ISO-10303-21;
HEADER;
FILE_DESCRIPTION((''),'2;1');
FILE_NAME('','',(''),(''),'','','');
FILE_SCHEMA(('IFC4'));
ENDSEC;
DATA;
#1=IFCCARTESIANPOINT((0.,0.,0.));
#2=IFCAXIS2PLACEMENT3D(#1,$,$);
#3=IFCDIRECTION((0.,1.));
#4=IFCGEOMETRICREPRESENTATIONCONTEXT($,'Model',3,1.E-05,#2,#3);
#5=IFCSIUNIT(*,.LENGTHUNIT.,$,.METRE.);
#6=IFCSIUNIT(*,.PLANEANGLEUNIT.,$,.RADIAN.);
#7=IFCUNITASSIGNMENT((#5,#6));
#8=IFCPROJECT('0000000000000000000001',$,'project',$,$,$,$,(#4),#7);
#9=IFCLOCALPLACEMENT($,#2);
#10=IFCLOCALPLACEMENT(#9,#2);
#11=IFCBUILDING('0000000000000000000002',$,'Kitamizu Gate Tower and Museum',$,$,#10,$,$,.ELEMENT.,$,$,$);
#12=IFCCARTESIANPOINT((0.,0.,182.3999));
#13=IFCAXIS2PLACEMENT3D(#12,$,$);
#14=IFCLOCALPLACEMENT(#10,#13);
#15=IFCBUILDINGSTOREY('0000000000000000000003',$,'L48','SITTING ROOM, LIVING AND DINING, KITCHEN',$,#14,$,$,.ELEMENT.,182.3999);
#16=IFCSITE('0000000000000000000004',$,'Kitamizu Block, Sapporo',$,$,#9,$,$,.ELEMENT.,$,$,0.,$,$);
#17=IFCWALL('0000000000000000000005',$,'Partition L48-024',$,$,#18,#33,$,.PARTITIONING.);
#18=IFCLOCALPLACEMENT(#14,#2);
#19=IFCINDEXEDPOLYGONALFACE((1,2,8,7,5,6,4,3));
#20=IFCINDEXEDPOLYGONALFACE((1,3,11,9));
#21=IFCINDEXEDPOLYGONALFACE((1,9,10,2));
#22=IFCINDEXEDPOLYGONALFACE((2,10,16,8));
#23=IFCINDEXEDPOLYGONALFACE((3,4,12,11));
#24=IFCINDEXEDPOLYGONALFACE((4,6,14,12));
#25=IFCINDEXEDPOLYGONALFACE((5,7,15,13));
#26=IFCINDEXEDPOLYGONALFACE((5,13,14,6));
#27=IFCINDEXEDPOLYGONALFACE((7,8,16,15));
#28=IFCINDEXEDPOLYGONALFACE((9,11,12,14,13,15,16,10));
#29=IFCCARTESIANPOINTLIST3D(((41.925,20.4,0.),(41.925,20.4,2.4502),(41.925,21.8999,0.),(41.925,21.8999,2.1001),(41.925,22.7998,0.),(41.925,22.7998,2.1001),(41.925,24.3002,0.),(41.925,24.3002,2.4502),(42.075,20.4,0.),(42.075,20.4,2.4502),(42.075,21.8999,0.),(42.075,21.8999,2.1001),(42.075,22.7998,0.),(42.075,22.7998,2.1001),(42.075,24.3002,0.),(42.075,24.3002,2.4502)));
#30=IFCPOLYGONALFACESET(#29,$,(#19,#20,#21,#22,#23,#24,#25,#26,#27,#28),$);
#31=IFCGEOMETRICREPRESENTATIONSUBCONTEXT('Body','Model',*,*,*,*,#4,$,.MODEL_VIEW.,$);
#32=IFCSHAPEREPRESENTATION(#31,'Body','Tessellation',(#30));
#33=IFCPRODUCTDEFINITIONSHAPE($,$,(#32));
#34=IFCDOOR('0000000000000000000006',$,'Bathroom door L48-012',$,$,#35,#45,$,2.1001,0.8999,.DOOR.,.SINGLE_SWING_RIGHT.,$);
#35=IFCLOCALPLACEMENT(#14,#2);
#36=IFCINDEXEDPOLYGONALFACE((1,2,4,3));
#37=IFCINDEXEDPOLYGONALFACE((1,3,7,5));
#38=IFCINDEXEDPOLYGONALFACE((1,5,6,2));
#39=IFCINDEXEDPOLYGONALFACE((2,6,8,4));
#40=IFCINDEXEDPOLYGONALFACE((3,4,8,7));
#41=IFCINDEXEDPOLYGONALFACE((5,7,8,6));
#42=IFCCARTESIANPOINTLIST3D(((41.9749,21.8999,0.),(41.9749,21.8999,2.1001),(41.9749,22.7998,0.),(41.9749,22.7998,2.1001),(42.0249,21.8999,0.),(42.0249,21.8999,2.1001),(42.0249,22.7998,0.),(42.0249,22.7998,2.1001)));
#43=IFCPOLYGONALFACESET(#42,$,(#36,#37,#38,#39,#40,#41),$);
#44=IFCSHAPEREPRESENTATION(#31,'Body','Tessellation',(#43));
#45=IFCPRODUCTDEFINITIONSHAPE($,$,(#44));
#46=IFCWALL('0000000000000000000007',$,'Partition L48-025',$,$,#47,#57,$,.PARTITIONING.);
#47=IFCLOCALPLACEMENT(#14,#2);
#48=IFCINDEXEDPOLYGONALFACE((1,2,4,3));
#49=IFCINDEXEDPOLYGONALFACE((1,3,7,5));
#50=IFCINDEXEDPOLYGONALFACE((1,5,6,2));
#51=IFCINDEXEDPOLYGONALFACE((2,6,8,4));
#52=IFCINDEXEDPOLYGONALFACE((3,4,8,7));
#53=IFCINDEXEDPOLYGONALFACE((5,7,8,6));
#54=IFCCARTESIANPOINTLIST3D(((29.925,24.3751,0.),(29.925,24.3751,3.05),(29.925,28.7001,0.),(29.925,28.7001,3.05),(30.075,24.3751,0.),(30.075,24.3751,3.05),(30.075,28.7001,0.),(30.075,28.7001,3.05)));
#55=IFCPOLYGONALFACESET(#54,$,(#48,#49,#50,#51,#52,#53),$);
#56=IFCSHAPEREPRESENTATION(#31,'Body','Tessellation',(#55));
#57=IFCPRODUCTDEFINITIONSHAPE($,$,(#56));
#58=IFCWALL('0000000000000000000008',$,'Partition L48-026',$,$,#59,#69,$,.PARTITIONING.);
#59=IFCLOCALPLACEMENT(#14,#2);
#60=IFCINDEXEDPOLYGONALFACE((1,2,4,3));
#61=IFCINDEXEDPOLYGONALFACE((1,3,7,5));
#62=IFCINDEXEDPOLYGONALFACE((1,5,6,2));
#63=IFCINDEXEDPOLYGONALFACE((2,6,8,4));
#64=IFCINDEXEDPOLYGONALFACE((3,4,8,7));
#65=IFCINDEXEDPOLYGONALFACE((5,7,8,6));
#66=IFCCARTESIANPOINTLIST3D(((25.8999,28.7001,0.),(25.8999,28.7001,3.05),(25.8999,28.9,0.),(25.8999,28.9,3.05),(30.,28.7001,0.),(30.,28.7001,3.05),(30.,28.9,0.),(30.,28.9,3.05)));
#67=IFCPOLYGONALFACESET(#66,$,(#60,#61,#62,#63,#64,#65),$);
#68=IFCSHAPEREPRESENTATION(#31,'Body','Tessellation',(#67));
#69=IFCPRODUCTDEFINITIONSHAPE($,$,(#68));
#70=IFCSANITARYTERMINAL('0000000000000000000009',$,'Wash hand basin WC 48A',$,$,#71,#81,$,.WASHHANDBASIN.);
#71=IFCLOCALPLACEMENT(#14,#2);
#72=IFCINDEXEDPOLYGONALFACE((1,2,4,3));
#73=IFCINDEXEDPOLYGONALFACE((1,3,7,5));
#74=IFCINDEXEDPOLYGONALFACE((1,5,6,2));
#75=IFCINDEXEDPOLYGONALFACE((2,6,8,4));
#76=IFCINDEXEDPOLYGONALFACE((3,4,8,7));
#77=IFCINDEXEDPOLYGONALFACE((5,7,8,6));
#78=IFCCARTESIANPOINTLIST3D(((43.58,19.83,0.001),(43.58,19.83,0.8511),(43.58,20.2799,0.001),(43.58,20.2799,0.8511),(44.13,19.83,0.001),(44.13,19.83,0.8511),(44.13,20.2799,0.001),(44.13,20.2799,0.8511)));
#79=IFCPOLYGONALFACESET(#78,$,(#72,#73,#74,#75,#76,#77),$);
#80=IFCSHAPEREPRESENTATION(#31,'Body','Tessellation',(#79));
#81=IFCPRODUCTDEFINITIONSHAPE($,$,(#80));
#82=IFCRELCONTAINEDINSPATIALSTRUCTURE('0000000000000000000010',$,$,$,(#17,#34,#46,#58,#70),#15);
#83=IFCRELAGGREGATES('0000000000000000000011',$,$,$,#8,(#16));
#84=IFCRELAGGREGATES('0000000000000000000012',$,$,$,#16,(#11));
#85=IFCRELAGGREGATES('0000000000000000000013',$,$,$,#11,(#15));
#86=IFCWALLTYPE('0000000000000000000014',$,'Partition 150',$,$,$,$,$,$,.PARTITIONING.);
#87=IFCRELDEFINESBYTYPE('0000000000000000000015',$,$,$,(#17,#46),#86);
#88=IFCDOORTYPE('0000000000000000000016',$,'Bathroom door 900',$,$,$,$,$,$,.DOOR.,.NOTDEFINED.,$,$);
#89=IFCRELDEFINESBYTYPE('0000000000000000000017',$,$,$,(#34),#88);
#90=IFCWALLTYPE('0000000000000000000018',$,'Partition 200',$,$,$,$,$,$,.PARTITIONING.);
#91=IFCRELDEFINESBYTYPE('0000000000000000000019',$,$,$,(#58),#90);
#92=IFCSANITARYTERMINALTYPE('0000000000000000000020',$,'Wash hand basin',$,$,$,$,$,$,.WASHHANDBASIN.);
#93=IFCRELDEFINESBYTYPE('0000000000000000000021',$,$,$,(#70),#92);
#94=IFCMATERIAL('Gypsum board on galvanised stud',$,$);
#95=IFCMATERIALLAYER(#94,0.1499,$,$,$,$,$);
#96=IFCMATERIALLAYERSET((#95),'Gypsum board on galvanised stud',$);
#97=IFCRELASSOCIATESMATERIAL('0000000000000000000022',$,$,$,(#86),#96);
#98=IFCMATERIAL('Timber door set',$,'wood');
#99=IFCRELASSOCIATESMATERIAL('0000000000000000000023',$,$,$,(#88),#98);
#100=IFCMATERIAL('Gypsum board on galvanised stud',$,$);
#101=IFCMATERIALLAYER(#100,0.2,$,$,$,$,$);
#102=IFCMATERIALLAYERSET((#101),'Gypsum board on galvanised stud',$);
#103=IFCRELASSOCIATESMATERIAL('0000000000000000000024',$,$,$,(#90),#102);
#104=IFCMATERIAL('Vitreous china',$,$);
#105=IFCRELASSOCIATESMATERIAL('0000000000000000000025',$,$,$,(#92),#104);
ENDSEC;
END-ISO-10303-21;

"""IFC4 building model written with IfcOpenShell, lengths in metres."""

from ifc_helpers import new_model, si_unit, direction, frame, frame_2d, origin, origin_2d, place, context, subcontext, project, spatial, rectangle, extrude, material, layer, layer_set, type_object, element, fill, save


model = new_model("IFC4")

# Units and contexts
model_context = context("Model", 3, precision=1e-05, world=origin(), true_north=direction((0.0, 1.0)))
body_context = subcontext(model_context, "Body", "Model", "MODEL_VIEW")
ifc_project = project(units=[si_unit("LENGTHUNIT", "METRE"), si_unit("PLANEANGLEUNIT", "RADIAN")], contexts=[model_context])

# Site, building, storey
site_placement = place(None, origin())
site = spatial("IfcSite", under=ifc_project, at=site_placement, Name="Kitamizu Block, Sapporo", CompositionType="ELEMENT", RefElevation=0.0)
building_placement = place(site_placement, origin())
building = spatial("IfcBuilding", under=site, at=building_placement, Name="Kitamizu Gate Tower and Museum", CompositionType="ELEMENT")
storey_placement = place(building_placement, frame((0.0, 0.0, 182.3999)))
storey = spatial("IfcBuildingStorey", under=building, at=storey_placement, Name="L48", Description="SITTING ROOM, LIVING AND DINING, KITCHEN", CompositionType="ELEMENT", Elevation=182.3999)

# Wall, opening, door
ifc_material_1 = material(Name="Gypsum board on galvanised stud")
ifc_layer_1 = layer(ifc_material_1, 0.1499)
ifc_layer_set_1 = layer_set([ifc_layer_1], Name="Gypsum board on galvanised stud")
wall_type_1 = type_object("IfcWallType", Name="Partition 150", PredefinedType="PARTITIONING", material=ifc_layer_set_1)
ifc_material_2 = material(Name="Timber door set", Category="wood")
door_type_1 = type_object("IfcDoorType", Name="Bathroom door 900", OperationType="NOTDEFINED", PredefinedType="DOOR", material=ifc_material_2)
wall_1_placement = place(storey_placement, frame((42.0, 20.3999, 0.0), z_axis=(0.0, 0.0, 1.0), x_axis=(0.0, 1.0, 0.0)))
wall_1 = element("IfcWall", 1, at=wall_1_placement, inside=storey, type_object=wall_type_1, Name="Partition L48-024", PredefinedType="PARTITIONING", context=body_context, shape_type="SweptSolid", body=[
    extrude(rectangle(XDim=3.9001, YDim=0.1499, at=frame_2d((1.9502, 0.0))), origin(), (0.0, 0.0, 1.0), 2.4502),
])
opening_1_placement = place(wall_1_placement, frame((1.5, 0.0, 0.0)))
opening_1 = element("IfcOpeningElement", 2, at=opening_1_placement, cuts=wall_1, PredefinedType="OPENING", context=body_context, shape_type="SweptSolid", body=[
    extrude(rectangle(XDim=0.8999, YDim=2.1001, at=frame_2d((0.45, 1.05))), frame((0.0, 0.085, 0.0), z_axis=(0.0, -1.0, 0.0), x_axis=(1.0, 0.0, 0.0)), (0.0, 0.0, 1.0), 0.1699),
])
door_1_placement = place(opening_1_placement, frame((0.8999, 0.0, 0.0), x_axis=(-1.0, 0.0, 0.0)))
door_1 = element("IfcDoor", 3, at=door_1_placement, inside=storey, type_object=door_type_1, Name="Bathroom door L48-012", OperationType="SINGLE_SWING_RIGHT", OverallHeight=2.1001, OverallWidth=0.8999, PredefinedType="DOOR", context=body_context, shape_type="SweptSolid", body=[
    extrude(rectangle(XDim=0.8999, YDim=2.1001, at=frame_2d((0.45, 1.05))), frame((0.0, 0.0249, 0.0), z_axis=(0.0, -1.0, 0.0), x_axis=(1.0, 0.0, 0.0)), (0.0, 0.0, 1.0), 0.05),
])
fill(opening_1, door_1)

# Walls
wall_2_placement = place(storey_placement, frame((30.0, 24.375, 0.0), z_axis=(0.0, 0.0, 1.0), x_axis=(0.0, 1.0, 0.0)))
element("IfcWall", 4, at=wall_2_placement, inside=storey, type_object=wall_type_1, Name="Partition L48-025", PredefinedType="PARTITIONING", context=body_context, shape_type="SweptSolid", body=[
    extrude(rectangle(XDim=4.325, YDim=0.1499, at=frame_2d((2.1626, 0.0))), origin(), (0.0, 0.0, 1.0), 3.05),
])
ifc_material_3 = material(Name="Gypsum board on galvanised stud")
ifc_layer_2 = layer(ifc_material_3, 0.2)
ifc_layer_set_2 = layer_set([ifc_layer_2], Name="Gypsum board on galvanised stud")
wall_type_2 = type_object("IfcWallType", Name="Partition 200", PredefinedType="PARTITIONING", material=ifc_layer_set_2)
wall_3_placement = place(storey_placement, frame((30.0, 28.8, 0.0), z_axis=(0.0, 0.0, 1.0), x_axis=(-1.0, 0.0, 0.0)))
element("IfcWall", 5, at=wall_3_placement, inside=storey, type_object=wall_type_2, Name="Partition L48-026", PredefinedType="PARTITIONING", context=body_context, shape_type="SweptSolid", body=[
    extrude(rectangle(XDim=4.1001, YDim=0.2, at=frame_2d((2.05, 0.0))), origin(), (0.0, 0.0, 1.0), 3.05),
])

# Sanitary terminal
ifc_material_4 = material(Name="Vitreous china")
sanitary_terminal_type = type_object("IfcSanitaryTerminalType", Name="Wash hand basin", PredefinedType="WASHHANDBASIN", material=ifc_material_4)
sanitary_terminal_placement = place(storey_placement, frame((43.855, 20.0549, 0.001), z_axis=(0.0, 0.0, 1.0), x_axis=(1.0, 0.0, 0.0)))
element("IfcSanitaryTerminal", 6, at=sanitary_terminal_placement, inside=storey, type_object=sanitary_terminal_type, Name="Wash hand basin WC 48A", PredefinedType="WASHHANDBASIN", context=body_context, shape_type="SweptSolid", body=[
    extrude(rectangle(XDim=0.55, YDim=0.45, at=origin_2d()), origin(), (0.0, 0.0, 1.0), 0.8501),
])

save(model, "model.ifc")
